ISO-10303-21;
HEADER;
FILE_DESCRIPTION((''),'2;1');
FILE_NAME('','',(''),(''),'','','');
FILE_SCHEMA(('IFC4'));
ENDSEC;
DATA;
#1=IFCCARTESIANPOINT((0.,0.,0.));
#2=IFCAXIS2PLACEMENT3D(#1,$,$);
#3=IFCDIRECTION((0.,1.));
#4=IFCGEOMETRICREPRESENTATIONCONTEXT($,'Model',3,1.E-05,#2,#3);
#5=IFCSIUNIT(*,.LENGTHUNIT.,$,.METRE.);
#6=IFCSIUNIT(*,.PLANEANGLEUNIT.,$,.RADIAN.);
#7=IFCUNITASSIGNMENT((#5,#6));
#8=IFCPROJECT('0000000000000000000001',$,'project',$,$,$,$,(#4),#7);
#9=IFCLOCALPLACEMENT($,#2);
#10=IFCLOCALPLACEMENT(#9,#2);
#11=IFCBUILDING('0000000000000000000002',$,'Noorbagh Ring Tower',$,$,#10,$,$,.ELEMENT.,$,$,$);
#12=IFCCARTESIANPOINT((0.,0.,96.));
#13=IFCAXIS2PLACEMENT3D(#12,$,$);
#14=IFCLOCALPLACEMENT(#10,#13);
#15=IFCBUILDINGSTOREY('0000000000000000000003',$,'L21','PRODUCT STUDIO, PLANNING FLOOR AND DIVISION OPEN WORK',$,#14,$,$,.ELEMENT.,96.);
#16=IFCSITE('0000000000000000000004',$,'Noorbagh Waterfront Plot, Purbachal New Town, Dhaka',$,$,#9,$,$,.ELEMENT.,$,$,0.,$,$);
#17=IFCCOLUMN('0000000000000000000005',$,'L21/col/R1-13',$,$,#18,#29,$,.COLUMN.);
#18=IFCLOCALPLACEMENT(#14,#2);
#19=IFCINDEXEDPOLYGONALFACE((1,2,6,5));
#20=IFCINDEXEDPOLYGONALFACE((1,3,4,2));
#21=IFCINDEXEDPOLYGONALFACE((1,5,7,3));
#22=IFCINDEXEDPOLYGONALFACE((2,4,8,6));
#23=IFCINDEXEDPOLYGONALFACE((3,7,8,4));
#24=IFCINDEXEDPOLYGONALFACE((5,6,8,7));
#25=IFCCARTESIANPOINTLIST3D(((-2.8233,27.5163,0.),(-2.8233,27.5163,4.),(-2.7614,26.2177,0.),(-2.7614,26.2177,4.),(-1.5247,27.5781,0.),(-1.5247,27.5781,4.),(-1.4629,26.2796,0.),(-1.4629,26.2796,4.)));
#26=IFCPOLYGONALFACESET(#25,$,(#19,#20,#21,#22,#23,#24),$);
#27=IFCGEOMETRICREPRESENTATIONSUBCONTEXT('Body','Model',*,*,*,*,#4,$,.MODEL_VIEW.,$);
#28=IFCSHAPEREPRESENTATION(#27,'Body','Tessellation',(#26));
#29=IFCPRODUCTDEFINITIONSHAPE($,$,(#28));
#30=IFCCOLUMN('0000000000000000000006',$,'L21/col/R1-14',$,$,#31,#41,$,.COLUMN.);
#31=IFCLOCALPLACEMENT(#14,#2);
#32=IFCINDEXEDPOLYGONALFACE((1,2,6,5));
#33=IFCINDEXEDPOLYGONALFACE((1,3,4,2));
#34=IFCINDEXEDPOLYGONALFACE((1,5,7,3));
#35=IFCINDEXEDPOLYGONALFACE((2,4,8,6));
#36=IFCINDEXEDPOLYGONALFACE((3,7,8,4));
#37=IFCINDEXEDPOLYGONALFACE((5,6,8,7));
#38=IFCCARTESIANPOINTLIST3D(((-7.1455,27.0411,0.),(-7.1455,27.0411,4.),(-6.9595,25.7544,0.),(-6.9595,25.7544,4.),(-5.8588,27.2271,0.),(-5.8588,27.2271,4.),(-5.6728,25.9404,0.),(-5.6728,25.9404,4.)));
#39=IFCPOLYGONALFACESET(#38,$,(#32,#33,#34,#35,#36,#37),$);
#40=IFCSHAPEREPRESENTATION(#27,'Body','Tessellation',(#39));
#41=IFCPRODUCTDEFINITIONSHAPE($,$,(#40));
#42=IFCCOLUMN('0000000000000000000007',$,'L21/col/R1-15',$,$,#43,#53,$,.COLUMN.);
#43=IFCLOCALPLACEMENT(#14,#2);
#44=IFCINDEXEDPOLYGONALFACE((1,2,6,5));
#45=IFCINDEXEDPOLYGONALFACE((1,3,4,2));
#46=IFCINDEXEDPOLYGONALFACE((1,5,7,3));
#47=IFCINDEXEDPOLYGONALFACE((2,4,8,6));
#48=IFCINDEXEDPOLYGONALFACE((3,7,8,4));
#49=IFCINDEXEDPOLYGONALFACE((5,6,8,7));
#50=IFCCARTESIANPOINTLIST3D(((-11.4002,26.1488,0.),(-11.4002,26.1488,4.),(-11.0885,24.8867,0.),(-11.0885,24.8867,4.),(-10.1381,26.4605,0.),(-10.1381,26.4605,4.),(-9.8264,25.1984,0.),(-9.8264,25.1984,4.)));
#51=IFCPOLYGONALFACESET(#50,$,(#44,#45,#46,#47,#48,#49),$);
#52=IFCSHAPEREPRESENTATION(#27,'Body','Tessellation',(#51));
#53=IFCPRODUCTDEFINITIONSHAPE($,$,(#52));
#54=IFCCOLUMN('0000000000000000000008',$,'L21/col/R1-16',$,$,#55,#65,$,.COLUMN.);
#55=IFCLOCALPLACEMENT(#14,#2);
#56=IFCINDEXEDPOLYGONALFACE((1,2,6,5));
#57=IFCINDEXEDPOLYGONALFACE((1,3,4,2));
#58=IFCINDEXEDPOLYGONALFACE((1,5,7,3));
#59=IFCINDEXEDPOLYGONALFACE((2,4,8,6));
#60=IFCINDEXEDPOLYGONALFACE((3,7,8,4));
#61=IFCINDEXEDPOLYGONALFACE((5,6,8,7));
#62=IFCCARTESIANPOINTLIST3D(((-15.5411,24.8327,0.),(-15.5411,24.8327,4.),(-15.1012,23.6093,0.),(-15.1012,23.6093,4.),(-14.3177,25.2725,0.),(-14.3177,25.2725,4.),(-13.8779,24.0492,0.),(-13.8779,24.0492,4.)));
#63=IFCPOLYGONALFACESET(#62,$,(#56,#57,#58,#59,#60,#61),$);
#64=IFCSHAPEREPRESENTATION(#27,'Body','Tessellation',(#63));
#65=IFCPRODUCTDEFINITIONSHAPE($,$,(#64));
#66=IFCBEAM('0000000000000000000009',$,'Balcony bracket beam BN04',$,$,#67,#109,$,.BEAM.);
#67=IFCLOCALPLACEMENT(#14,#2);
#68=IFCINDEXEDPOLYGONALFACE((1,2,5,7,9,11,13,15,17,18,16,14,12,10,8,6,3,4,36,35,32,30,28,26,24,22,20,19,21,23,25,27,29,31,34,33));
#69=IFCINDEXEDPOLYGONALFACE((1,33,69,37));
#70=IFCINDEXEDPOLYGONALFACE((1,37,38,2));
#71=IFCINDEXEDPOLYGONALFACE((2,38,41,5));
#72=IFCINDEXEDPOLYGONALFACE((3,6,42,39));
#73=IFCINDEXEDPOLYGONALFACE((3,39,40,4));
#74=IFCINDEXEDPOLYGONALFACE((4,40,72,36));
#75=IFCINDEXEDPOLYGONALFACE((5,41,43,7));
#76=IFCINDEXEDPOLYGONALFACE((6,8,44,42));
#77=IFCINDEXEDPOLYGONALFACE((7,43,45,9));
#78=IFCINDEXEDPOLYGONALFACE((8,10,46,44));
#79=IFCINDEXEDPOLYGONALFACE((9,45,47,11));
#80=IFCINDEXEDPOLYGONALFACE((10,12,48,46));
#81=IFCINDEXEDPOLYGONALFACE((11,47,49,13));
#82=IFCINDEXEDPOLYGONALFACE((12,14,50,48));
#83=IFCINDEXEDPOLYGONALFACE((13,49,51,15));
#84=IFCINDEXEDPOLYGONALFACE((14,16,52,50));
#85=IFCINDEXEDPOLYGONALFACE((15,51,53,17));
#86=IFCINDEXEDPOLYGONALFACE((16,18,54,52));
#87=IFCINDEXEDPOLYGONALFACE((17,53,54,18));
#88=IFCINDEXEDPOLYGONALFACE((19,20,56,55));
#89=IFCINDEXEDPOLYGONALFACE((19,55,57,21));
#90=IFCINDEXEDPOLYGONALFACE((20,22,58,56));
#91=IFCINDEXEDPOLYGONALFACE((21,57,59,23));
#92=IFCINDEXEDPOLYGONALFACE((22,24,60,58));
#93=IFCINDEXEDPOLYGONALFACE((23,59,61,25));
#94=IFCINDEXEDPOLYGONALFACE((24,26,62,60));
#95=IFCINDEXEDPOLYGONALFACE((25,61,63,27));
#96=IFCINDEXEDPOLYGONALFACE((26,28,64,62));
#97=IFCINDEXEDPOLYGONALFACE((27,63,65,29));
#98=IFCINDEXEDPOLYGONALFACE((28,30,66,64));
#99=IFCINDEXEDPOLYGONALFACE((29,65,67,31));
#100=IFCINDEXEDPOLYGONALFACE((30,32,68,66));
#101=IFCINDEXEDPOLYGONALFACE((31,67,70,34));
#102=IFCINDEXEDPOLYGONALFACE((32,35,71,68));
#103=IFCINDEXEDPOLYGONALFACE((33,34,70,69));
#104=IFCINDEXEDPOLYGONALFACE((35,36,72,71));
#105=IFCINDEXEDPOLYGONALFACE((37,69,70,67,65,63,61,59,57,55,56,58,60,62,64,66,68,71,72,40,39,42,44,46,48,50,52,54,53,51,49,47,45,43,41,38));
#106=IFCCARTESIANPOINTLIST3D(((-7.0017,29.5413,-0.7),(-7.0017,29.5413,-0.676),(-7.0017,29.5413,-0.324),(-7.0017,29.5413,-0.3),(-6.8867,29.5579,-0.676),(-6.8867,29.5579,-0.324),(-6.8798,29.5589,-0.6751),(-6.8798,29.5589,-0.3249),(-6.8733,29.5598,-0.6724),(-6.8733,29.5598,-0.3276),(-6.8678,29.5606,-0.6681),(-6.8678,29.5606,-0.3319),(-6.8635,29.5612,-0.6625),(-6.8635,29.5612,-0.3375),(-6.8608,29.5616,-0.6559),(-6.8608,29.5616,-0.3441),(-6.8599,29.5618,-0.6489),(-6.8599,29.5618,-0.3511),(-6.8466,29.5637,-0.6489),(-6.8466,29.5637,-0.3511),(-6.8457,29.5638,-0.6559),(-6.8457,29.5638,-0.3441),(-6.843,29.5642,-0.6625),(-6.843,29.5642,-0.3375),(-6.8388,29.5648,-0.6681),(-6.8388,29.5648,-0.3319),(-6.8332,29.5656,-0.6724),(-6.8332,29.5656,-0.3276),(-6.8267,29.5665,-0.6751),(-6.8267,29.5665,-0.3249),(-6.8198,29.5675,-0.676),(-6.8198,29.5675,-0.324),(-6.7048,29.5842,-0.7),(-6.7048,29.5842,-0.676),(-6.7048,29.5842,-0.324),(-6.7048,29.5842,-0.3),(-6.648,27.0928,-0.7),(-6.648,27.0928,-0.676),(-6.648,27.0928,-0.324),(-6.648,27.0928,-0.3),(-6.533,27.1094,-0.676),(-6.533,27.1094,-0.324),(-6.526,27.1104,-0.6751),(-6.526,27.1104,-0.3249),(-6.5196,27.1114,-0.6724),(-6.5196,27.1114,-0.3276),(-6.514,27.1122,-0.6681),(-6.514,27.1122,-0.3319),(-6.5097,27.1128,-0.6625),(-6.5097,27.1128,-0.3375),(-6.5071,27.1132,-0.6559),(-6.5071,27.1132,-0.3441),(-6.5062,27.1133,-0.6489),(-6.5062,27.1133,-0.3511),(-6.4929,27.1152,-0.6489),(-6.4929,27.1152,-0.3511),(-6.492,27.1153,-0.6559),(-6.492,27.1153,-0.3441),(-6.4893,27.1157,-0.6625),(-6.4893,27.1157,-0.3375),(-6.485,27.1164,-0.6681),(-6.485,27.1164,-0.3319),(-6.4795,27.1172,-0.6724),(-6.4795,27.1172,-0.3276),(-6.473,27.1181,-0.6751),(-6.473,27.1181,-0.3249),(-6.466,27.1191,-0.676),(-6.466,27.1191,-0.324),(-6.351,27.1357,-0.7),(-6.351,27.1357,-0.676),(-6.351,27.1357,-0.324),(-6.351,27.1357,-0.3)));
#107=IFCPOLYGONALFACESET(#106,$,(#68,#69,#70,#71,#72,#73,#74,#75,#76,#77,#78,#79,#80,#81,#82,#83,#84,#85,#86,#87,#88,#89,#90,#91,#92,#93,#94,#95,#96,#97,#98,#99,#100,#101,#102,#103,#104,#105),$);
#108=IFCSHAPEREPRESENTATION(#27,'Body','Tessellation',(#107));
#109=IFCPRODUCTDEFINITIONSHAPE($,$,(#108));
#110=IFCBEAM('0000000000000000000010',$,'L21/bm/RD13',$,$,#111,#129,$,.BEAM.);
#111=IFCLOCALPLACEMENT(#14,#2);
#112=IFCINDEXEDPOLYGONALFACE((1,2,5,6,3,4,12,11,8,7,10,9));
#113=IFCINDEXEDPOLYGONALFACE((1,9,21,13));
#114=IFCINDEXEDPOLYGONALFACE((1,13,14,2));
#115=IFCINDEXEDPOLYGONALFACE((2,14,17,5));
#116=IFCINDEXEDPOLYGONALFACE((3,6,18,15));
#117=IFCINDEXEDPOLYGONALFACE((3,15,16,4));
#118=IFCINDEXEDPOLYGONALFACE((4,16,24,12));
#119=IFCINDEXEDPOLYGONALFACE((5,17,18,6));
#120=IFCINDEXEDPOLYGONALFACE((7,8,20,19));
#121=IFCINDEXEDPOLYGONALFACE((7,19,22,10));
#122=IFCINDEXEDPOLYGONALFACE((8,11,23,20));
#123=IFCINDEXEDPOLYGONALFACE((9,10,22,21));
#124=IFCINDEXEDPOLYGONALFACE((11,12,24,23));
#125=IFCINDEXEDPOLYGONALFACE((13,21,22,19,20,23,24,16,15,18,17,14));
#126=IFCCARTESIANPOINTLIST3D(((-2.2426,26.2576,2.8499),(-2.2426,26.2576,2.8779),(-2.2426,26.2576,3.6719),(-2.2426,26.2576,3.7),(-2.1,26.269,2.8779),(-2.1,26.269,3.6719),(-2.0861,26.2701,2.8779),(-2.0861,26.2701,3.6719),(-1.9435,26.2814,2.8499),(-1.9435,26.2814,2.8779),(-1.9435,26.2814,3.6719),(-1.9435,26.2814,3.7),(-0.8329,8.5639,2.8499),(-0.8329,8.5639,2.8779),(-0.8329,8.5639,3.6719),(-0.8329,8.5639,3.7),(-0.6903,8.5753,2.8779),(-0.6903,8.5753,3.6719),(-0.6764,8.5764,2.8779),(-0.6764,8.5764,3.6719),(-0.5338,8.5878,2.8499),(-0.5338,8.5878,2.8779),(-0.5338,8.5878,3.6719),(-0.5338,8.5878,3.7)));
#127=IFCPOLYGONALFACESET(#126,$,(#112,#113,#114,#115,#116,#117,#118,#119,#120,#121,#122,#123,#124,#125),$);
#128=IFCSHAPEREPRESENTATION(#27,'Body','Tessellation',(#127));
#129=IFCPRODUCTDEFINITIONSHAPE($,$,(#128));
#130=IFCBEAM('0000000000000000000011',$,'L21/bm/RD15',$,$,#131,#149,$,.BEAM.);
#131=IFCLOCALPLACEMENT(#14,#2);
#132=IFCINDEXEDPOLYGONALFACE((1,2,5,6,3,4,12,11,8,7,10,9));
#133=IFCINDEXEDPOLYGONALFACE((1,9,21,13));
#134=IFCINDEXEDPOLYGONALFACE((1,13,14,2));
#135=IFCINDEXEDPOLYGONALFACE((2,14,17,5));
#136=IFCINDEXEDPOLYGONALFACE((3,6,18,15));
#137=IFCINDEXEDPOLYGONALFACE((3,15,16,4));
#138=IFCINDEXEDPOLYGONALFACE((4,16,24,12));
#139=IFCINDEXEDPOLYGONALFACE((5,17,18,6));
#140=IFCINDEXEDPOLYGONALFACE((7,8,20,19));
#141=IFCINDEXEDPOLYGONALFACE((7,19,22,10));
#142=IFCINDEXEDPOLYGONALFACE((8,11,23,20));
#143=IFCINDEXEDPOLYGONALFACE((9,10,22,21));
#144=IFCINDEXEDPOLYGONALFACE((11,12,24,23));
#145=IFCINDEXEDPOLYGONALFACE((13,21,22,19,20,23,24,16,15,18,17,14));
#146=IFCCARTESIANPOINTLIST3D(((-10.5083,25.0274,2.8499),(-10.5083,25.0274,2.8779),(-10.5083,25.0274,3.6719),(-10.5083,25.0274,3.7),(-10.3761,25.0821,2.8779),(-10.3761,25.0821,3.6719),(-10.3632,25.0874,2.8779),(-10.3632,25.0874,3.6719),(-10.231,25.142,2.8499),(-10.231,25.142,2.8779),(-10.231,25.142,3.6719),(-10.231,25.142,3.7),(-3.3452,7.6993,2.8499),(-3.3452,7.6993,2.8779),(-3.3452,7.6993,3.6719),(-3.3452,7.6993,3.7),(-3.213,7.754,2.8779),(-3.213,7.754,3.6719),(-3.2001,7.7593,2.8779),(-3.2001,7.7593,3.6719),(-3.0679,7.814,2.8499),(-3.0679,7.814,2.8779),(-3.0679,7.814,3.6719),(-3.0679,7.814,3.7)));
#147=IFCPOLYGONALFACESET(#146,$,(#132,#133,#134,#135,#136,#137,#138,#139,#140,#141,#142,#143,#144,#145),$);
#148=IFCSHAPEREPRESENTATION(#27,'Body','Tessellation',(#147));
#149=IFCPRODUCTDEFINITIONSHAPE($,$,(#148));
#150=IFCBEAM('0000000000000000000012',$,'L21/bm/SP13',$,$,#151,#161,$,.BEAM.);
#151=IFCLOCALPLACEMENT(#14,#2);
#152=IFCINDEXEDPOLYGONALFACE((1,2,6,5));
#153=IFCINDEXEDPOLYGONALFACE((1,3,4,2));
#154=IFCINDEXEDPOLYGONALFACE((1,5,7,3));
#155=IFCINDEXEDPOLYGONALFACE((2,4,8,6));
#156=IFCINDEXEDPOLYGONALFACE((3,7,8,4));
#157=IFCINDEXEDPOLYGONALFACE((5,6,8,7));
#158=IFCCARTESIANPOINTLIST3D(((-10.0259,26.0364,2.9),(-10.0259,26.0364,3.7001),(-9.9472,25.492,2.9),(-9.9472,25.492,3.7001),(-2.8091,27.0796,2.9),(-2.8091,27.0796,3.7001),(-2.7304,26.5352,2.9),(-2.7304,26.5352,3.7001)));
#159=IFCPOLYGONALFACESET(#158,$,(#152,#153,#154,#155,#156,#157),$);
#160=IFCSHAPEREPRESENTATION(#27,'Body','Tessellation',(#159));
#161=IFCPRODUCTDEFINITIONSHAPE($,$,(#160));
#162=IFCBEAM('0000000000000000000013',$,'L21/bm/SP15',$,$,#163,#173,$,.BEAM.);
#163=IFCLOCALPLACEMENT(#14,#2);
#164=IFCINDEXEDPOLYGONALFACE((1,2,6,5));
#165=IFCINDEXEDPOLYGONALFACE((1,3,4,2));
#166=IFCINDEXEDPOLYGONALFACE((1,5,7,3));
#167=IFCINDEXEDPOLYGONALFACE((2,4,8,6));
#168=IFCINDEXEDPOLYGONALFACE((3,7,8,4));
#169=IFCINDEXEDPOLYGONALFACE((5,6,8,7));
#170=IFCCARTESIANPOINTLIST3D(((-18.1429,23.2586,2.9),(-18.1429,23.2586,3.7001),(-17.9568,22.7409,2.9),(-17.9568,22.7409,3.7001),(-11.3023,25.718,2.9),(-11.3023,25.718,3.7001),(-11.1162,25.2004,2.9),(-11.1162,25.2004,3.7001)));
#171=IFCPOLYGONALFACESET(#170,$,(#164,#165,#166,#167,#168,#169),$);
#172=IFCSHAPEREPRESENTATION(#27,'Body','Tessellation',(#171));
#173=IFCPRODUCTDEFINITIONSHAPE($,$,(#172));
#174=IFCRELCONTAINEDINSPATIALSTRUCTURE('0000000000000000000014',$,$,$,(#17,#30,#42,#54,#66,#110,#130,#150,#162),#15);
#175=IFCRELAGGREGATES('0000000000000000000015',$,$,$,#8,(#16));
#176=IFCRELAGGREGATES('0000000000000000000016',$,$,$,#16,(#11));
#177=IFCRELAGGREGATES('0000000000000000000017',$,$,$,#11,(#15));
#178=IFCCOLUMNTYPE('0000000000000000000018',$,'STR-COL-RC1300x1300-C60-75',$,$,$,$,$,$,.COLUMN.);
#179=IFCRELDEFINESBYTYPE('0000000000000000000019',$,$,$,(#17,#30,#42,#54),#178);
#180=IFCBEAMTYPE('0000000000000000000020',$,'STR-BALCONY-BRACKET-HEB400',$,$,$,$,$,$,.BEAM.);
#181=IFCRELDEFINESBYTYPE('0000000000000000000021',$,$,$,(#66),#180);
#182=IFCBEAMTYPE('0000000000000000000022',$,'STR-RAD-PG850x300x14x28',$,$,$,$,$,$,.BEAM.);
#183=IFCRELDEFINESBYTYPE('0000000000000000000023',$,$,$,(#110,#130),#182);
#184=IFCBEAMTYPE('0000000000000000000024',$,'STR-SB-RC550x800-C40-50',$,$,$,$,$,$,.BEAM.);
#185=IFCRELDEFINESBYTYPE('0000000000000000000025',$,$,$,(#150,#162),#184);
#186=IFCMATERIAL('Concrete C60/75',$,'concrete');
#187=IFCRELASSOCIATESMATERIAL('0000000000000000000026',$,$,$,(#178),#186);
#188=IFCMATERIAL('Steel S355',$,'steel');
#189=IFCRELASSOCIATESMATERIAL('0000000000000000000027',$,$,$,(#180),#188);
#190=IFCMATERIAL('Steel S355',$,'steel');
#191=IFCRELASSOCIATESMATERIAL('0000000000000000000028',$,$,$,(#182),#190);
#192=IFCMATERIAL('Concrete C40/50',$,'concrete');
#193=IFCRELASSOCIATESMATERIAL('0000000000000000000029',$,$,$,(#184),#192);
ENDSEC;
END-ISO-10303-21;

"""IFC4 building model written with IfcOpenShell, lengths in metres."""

from ifc_helpers import new_model, si_unit, direction, frame, origin, origin_2d, place, context, subcontext, project, spatial, rectangle, i_section, extrude, material, material_profile, profile_set, type_object, element, save


model = new_model("IFC4")

# Units and contexts
model_context = context("Model", 3, precision=1e-05, world=origin(), true_north=direction((0.0, 1.0)))
body_context = subcontext(model_context, "Body", "Model", "MODEL_VIEW")
ifc_project = project(units=[si_unit("LENGTHUNIT", "METRE"), si_unit("PLANEANGLEUNIT", "RADIAN")], contexts=[model_context])

# Site, building, storey
site_placement = place(None, origin())
site = spatial("IfcSite", under=ifc_project, at=site_placement, Name="Noorbagh Waterfront Plot, Purbachal New Town, Dhaka", CompositionType="ELEMENT", RefElevation=0.0)
building_placement = place(site_placement, origin())
building = spatial("IfcBuilding", under=site, at=building_placement, Name="Noorbagh Ring Tower", CompositionType="ELEMENT")
storey_placement = place(building_placement, frame((0.0, 0.0, 96.0)))
storey = spatial("IfcBuildingStorey", under=building, at=storey_placement, Name="L21", Description="PRODUCT STUDIO, PLANNING FLOOR AND DIVISION OPEN WORK", CompositionType="ELEMENT", Elevation=96.0)

# Columns
ifc_material_1 = material(Name="Concrete C60/75", Category="concrete")
ifc_material_profile_1 = material_profile(ifc_material_1, rectangle(XDim=1.3, YDim=1.3, at=origin_2d()), Name="RC1300x1300")
ifc_profile_set_1 = profile_set([ifc_material_profile_1], Name="Concrete C60/75")
column_type = type_object("IfcColumnType", Name="STR-COL-RC1300x1300-C60-75", PredefinedType="COLUMN", material=ifc_profile_set_1)
for number, where, z_axis, x_axis, name in (
    (1, (-2.1431, 26.8979, 0.0), (0.0, 0.0, 1.0), (-0.998869, -0.047553, 0.0), "L21/col/R1-13"),
    (2, (-6.4092, 26.4907, 0.0), (0.0, 0.0, 1.0), (-0.989713, -0.143066, 0.0), "L21/col/R1-14"),
    (3, (-10.6133, 25.6736, 0.0), (0.0, 0.0, 1.0), (-0.970829, -0.239771, 0.0), "L21/col/R1-15"),
    (4, (-14.7095, 24.4409, 0.0), (0.0, 0.0, 1.0), (-0.941025, -0.338338, 0.0), "L21/col/R1-16"),
):
    element("IfcColumn", number, at=place(storey_placement, frame(where, z_axis=z_axis, x_axis=x_axis)), inside=storey, type_object=column_type, Name=name, PredefinedType="COLUMN", context=body_context, shape_type="SweptSolid", body=[
        extrude(rectangle(XDim=1.3, YDim=1.3, at=origin_2d()), origin(), (0.0, 0.0, 1.0), 4.0),
    ])

# Beams
ifc_material_2 = material(Name="Steel S355", Category="steel")
ifc_material_profile_2 = material_profile(ifc_material_2, i_section(OverallWidth=0.3, OverallDepth=0.3999, WebThickness=0.0134, FlangeThickness=0.0239, FilletRadius=0.0271, at=origin_2d()), Name="HEB400")
ifc_profile_set_2 = profile_set([ifc_material_profile_2], Name="Steel S355")
beam_type_1 = type_object("IfcBeamType", Name="STR-BALCONY-BRACKET-HEB400", PredefinedType="BEAM", material=ifc_profile_set_2)
beam_1_placement = place(storey_placement, frame((-6.4995, 27.1143, -0.5), z_axis=(-0.142996, 0.989723, 0.0), x_axis=(-0.989723, -0.142996, 0.0)))
element("IfcBeam", 5, at=beam_1_placement, inside=storey, type_object=beam_type_1, Name="Balcony bracket beam BN04", PredefinedType="BEAM", context=body_context, shape_type="SweptSolid", body=[
    extrude(i_section(OverallWidth=0.3, OverallDepth=0.3999, WebThickness=0.0134, FlangeThickness=0.0239, FilletRadius=0.0271, at=origin_2d()), origin(), (0.0, 0.0, 1.0), 2.4739),
])
ifc_material_3 = material(Name="Steel S355", Category="steel")
ifc_material_profile_3 = material_profile(ifc_material_3, i_section(OverallWidth=0.3, OverallDepth=0.8501, WebThickness=0.0139, FlangeThickness=0.0281, at=origin_2d()), Name="PG850x300x14x28")
ifc_profile_set_3 = profile_set([ifc_material_profile_3], Name="Steel S355")
beam_type_2 = type_object("IfcBeamType", Name="STR-RAD-PG850x300x14x28", PredefinedType="BEAM", material=ifc_profile_set_3)
beam_2_placement = place(storey_placement, frame((-2.093, 26.2695, 3.2749), z_axis=(0.079419, -0.996841, 0.0), x_axis=(0.996841, 0.079419, 0.0)))
element("IfcBeam", 6, at=beam_2_placement, inside=storey, type_object=beam_type_2, Name="L21/bm/RD13", PredefinedType="BEAM", context=body_context, shape_type="SweptSolid", body=[
    extrude(i_section(OverallWidth=0.3, OverallDepth=0.8501, WebThickness=0.0139, FlangeThickness=0.0281, at=origin_2d()), origin(), (0.0, 0.0, 1.0), 17.7498),
])
beam_3_placement = place(storey_placement, frame((-10.3696, 25.0847, 3.2749), z_axis=(0.382025, -0.924152, 0.0), x_axis=(0.924152, 0.382025, 0.0)))
element("IfcBeam", 7, at=beam_3_placement, inside=storey, type_object=beam_type_2, Name="L21/bm/RD15", PredefinedType="BEAM", context=body_context, shape_type="SweptSolid", body=[
    extrude(i_section(OverallWidth=0.3, OverallDepth=0.8501, WebThickness=0.0139, FlangeThickness=0.0281, at=origin_2d()), origin(), (0.0, 0.0, 1.0), 18.7502),
])
ifc_material_4 = material(Name="Concrete C40/50", Category="concrete")
ifc_material_profile_4 = material_profile(ifc_material_4, rectangle(XDim=0.55, YDim=0.8, at=origin_2d()), Name="RC550x800")
ifc_profile_set_4 = profile_set([ifc_material_profile_4], Name="Concrete C40/50")
beam_type_3 = type_object("IfcBeamType", Name="STR-SB-RC550x800-C40-50", PredefinedType="BEAM", material=ifc_profile_set_4)
beam_4_placement = place(storey_placement, frame((-2.7698, 26.8074, 3.3), z_axis=(-0.989713, -0.143066, 0.0), x_axis=(0.143066, -0.989713, 0.0)))
element("IfcBeam", 8, at=beam_4_placement, inside=storey, type_object=beam_type_3, Name="L21/bm/SP13", PredefinedType="BEAM", context=body_context, shape_type="SweptSolid", body=[
    extrude(rectangle(XDim=0.55, YDim=0.8, at=origin_2d()), origin(), (0.0, 0.0, 1.0), 7.2917),
])
beam_5_placement = place(storey_placement, frame((-11.2092, 25.4592, 3.3), z_axis=(-0.941025, -0.338338, 0.0), x_axis=(0.338338, -0.941025, 0.0)))
element("IfcBeam", 9, at=beam_5_placement, inside=storey, type_object=beam_type_3, Name="L21/bm/SP15", PredefinedType="BEAM", context=body_context, shape_type="SweptSolid", body=[
    extrude(rectangle(XDim=0.55, YDim=0.8, at=origin_2d()), origin(), (0.0, 0.0, 1.0), 7.2693),
])

save(model, "model.ifc")
